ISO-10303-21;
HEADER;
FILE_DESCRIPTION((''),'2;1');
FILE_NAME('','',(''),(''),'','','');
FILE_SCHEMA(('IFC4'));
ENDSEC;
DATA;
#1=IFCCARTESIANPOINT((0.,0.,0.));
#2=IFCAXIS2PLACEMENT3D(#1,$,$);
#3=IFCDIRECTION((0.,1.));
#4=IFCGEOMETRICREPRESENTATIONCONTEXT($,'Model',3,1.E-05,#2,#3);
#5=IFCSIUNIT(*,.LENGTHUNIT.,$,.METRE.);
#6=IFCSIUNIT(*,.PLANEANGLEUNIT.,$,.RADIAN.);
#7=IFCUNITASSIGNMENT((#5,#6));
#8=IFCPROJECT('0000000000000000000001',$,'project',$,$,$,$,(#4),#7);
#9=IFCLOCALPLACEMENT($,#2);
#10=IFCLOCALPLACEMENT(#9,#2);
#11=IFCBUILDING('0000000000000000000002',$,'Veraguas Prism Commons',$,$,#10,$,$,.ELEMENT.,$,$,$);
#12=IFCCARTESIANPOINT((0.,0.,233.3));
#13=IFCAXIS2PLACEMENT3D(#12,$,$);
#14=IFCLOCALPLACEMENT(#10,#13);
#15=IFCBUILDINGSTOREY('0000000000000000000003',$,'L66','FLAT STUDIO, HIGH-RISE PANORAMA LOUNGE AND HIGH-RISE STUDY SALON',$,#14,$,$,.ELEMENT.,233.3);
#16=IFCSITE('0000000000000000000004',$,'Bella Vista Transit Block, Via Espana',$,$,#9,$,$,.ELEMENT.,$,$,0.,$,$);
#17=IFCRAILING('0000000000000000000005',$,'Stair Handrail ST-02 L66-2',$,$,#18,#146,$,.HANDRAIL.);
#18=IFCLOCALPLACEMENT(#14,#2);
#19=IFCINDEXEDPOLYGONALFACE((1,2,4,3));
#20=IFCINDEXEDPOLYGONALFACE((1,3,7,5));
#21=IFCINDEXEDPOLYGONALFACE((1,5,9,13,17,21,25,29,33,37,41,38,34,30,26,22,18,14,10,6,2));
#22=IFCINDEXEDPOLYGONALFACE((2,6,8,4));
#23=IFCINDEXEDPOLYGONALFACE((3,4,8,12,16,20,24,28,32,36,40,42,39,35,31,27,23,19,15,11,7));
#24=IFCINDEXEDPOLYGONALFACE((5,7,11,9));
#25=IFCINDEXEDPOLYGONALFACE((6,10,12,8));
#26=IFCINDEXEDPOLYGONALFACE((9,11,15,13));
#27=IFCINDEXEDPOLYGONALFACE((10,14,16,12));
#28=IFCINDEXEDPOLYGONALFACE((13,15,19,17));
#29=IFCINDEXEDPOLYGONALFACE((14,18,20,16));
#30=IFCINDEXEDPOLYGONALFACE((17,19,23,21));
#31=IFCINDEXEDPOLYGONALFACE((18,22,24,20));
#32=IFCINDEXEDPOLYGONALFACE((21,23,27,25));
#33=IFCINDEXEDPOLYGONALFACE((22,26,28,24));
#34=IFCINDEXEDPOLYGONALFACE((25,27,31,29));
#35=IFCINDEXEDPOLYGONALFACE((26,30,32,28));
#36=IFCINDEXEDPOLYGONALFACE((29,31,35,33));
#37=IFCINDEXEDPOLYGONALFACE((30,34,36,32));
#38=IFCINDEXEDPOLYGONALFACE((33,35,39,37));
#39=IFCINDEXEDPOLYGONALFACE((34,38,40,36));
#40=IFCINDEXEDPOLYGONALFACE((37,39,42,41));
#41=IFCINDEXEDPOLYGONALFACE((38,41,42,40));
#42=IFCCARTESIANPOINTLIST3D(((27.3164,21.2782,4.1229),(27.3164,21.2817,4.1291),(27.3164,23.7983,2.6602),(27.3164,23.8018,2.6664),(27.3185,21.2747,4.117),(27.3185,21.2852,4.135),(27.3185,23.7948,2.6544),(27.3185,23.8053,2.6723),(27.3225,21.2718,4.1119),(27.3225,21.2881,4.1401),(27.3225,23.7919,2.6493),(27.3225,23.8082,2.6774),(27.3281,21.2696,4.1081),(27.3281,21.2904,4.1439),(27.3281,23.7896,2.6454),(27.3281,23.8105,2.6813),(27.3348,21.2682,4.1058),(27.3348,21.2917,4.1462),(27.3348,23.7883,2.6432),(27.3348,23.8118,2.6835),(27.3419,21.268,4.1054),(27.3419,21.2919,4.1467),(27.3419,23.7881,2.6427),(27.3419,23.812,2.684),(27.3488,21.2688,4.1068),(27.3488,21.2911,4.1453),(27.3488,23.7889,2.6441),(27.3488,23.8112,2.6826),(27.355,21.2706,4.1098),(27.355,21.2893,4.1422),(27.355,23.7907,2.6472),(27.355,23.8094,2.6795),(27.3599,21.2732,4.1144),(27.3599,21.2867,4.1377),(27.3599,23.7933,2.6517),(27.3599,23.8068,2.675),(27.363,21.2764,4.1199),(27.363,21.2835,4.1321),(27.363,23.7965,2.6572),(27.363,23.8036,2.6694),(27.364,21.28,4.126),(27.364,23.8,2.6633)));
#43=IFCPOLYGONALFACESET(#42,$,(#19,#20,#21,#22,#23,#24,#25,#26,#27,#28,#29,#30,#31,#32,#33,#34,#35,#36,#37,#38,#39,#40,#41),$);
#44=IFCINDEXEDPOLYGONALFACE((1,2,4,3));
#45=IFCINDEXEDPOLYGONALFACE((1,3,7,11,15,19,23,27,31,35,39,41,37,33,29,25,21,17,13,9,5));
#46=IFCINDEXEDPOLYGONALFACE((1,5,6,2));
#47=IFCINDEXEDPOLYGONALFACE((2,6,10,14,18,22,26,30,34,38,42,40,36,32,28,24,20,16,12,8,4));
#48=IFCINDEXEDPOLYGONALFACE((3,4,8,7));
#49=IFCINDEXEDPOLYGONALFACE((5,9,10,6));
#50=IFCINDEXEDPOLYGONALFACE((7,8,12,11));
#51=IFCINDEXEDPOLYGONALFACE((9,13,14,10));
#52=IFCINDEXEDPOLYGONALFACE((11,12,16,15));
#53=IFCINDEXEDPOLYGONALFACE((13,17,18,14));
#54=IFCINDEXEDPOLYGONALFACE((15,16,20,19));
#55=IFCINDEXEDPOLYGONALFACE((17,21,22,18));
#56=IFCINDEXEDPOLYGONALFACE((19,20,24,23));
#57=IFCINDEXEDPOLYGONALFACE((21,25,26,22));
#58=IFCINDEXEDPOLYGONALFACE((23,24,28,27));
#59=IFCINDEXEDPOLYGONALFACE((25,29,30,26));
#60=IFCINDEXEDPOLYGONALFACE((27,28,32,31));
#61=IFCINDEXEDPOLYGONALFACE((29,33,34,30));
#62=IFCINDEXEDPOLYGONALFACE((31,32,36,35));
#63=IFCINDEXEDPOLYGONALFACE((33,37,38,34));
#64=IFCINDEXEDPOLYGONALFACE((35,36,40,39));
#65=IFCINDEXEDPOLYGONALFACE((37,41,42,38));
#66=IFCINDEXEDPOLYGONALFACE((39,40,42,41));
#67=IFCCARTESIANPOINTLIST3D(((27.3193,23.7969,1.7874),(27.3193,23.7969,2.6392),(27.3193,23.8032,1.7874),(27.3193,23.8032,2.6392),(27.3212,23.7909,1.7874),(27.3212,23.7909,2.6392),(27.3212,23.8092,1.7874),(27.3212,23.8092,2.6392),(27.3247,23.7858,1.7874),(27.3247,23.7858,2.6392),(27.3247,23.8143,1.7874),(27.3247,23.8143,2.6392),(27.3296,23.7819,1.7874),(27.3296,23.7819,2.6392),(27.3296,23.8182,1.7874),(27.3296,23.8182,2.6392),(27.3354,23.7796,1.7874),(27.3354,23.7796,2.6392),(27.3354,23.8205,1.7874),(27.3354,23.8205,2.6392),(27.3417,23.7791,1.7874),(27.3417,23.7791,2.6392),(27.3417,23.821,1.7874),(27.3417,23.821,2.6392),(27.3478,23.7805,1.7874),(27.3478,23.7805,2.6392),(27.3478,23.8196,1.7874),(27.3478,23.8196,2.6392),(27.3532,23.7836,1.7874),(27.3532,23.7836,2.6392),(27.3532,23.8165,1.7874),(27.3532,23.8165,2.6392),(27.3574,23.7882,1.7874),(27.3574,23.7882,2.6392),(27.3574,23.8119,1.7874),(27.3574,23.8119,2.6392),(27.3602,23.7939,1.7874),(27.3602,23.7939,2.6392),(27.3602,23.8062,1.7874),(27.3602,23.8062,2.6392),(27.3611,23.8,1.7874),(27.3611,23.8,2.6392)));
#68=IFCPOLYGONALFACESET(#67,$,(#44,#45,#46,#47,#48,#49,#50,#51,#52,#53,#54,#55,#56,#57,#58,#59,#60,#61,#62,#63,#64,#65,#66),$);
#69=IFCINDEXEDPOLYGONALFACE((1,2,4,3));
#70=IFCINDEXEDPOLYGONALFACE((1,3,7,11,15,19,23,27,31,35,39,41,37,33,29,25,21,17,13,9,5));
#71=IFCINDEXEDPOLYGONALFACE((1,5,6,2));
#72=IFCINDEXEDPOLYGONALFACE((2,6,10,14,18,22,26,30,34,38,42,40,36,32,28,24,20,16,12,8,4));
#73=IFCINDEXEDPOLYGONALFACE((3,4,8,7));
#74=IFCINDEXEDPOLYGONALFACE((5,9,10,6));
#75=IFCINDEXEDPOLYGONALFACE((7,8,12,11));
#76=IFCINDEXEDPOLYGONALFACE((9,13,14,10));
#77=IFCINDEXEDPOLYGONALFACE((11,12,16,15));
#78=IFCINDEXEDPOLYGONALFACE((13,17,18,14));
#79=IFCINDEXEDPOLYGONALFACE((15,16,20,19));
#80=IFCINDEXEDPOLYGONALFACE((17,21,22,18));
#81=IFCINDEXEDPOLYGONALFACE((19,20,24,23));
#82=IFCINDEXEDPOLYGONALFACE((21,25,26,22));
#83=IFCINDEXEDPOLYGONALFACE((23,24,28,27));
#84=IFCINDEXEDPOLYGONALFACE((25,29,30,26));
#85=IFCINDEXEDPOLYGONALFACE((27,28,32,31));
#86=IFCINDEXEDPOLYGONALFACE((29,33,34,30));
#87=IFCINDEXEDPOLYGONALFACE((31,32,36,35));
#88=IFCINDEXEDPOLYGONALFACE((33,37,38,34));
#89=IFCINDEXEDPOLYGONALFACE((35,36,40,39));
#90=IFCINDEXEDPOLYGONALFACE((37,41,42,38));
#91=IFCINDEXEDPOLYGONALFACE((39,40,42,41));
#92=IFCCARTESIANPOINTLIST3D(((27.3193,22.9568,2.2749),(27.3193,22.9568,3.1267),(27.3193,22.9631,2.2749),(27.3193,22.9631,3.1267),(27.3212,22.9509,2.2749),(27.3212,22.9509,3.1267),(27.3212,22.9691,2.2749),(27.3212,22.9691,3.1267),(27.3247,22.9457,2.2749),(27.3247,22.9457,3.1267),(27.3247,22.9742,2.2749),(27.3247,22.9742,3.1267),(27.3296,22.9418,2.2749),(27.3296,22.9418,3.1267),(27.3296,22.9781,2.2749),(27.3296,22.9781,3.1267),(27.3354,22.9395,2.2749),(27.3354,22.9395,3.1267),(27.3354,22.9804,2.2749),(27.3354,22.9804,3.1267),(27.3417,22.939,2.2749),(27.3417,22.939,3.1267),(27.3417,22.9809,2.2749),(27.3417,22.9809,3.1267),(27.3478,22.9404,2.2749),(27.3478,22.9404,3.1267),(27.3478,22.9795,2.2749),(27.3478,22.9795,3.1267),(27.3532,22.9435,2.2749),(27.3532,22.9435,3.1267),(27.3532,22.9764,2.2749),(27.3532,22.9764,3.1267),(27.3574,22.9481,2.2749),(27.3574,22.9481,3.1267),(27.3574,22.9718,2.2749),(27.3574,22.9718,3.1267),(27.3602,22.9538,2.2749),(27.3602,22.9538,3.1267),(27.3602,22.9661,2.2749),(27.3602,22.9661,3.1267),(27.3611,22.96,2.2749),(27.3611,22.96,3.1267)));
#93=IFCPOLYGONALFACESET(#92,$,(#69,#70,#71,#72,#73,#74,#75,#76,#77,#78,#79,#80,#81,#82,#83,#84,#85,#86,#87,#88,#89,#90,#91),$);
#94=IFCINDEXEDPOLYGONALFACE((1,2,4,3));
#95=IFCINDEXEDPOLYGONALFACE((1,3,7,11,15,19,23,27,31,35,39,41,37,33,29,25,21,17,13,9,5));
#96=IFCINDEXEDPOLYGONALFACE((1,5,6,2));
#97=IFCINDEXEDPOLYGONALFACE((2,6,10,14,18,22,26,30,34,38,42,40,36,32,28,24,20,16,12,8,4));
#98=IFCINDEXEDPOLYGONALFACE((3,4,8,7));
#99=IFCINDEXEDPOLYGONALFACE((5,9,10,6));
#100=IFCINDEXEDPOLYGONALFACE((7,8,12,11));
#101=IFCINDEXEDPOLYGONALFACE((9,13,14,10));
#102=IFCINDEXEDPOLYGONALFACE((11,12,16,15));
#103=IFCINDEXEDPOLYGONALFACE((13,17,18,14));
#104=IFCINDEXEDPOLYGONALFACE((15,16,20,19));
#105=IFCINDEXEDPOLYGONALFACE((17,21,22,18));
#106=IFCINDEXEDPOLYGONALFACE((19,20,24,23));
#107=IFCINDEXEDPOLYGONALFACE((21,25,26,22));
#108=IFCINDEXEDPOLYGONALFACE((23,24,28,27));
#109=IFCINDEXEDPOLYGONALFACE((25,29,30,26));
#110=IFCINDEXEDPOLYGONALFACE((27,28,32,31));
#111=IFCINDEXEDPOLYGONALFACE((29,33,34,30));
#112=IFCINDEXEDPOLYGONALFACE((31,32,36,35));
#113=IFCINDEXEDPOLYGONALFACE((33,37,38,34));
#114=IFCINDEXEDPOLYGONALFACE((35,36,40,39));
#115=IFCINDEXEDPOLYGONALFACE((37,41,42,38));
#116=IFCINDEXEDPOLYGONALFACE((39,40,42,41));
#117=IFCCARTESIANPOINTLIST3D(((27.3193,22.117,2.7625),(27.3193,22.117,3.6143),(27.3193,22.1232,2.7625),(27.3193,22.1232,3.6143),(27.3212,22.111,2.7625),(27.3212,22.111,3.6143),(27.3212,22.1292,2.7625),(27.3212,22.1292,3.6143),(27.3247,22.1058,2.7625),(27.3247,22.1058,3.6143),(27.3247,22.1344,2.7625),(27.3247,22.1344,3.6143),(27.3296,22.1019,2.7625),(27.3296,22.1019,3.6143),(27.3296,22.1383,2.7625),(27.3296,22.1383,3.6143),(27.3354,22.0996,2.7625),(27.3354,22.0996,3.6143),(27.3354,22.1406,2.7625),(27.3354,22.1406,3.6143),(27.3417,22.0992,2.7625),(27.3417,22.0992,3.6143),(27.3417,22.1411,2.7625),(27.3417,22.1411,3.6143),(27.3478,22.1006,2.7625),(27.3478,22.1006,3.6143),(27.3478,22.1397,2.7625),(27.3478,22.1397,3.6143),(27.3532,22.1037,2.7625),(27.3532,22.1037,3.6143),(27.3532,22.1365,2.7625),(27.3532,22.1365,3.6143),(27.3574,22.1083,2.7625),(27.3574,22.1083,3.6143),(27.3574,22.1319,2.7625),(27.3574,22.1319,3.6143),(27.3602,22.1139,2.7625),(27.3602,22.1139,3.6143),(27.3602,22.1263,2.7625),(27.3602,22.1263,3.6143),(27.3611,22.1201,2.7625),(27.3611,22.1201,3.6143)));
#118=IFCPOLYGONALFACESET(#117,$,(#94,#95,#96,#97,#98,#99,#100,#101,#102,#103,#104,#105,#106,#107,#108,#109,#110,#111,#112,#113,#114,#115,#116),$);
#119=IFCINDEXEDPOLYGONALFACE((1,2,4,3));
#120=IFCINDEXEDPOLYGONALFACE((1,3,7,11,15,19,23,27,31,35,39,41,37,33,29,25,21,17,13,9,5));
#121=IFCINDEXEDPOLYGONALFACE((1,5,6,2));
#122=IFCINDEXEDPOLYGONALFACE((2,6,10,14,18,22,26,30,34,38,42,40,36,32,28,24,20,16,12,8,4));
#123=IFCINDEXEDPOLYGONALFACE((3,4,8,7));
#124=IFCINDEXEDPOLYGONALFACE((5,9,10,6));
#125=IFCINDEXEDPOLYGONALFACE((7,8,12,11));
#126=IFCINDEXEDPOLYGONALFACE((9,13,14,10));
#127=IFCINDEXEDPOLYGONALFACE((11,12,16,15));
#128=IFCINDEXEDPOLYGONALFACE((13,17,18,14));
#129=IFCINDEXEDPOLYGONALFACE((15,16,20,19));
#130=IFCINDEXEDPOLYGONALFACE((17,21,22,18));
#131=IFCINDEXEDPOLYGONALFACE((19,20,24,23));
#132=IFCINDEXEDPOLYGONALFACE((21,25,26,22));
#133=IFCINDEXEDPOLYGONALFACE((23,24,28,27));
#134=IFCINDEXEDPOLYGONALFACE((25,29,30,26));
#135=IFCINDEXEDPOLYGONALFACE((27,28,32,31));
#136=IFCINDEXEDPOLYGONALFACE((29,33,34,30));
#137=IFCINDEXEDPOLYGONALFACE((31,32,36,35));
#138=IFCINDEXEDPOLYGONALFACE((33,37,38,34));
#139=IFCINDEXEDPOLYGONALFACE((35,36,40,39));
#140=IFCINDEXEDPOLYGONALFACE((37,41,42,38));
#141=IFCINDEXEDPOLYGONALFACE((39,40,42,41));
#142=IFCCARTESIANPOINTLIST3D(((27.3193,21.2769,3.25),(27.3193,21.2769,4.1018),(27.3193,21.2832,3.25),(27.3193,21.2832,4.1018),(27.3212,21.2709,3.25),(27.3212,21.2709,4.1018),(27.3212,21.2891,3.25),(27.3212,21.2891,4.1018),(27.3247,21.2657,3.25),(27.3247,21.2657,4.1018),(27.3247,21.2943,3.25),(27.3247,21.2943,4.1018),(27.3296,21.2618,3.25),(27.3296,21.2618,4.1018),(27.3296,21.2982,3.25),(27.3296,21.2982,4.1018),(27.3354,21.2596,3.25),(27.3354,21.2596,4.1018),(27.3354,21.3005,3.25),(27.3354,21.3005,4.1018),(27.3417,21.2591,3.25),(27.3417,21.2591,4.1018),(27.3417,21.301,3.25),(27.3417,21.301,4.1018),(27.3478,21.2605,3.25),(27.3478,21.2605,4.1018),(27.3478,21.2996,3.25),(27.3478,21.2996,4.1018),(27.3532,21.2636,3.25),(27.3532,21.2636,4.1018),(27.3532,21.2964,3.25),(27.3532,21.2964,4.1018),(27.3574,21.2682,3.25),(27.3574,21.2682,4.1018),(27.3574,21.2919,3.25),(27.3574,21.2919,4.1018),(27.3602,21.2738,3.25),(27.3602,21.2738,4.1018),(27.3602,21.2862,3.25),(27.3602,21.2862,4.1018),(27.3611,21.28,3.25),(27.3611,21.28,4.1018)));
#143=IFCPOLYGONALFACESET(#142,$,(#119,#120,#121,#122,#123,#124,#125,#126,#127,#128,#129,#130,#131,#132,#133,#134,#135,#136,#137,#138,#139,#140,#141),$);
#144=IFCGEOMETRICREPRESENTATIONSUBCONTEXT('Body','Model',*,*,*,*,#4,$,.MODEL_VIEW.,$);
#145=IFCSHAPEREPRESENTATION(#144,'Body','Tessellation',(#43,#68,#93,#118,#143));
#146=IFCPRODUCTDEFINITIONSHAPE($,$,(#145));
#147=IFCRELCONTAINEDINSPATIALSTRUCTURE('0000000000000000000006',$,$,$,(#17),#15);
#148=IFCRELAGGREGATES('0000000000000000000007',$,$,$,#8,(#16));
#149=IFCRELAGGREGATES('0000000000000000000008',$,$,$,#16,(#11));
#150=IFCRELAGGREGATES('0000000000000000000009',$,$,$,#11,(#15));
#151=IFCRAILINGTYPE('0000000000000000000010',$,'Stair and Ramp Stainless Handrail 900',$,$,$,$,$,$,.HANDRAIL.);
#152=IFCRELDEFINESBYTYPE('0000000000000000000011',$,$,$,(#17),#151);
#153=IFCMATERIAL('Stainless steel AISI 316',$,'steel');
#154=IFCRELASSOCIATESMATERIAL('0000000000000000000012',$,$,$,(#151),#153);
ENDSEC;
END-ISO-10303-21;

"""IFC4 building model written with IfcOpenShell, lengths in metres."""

from ifc_helpers import new_model, si_unit, direction, frame, origin, origin_2d, place, context, subcontext, project, spatial, circle, extrude, material, type_object, element, save


model = new_model("IFC4")

# Units and contexts
model_context = context("Model", 3, precision=1e-05, world=origin(), true_north=direction((0.0, 1.0)))
body_context = subcontext(model_context, "Body", "Model", "MODEL_VIEW")
ifc_project = project(units=[si_unit("LENGTHUNIT", "METRE"), si_unit("PLANEANGLEUNIT", "RADIAN")], contexts=[model_context])

# Site, building, storey
site_placement = place(None, origin())
site = spatial("IfcSite", under=ifc_project, at=site_placement, Name="Bella Vista Transit Block, Via Espana", CompositionType="ELEMENT", RefElevation=0.0)
building_placement = place(site_placement, origin())
building = spatial("IfcBuilding", under=site, at=building_placement, Name="Veraguas Prism Commons", CompositionType="ELEMENT")
storey_placement = place(building_placement, frame((0.0, 0.0, 233.3)))
storey = spatial("IfcBuildingStorey", under=building, at=storey_placement, Name="L66", Description="FLAT STUDIO, HIGH-RISE PANORAMA LOUNGE AND HIGH-RISE STUDY SALON", CompositionType="ELEMENT", Elevation=233.3)

# Railing
ifc_material_1 = material(Name="Stainless steel AISI 316", Category="steel")
railing_type_1 = type_object("IfcRailingType", Name="Stair and Ramp Stainless Handrail 900", PredefinedType="HANDRAIL", material=ifc_material_1)
railing_1_placement = place(storey_placement, frame((27.3401, 23.8, 1.7874)))
element("IfcRailing", 1, at=railing_1_placement, inside=storey, type_object=railing_type_1, Name="Stair Handrail ST-02 L66-2", PredefinedType="HANDRAIL", context=body_context, shape_type="SweptSolid", body=[
    extrude(circle(Radius=0.0239, at=origin_2d()), frame((0.0, 0.0, 0.876), z_axis=(0.0, -0.864877, 0.501984), x_axis=(1.0, 0.0, 0.0)), (0.0, 0.0, 1.0), 2.9138),
    extrude(circle(Radius=0.021, at=origin_2d()), origin(), (0.0, 0.0, 1.0), 0.8518),
    extrude(circle(Radius=0.021, at=origin_2d()), frame((0.0, -0.8401, 0.4875)), (0.0, 0.0, 1.0), 0.8518),
    extrude(circle(Radius=0.021, at=origin_2d()), frame((0.0, -1.6799, 0.9751)), (0.0, 0.0, 1.0), 0.8518),
    extrude(circle(Radius=0.021, at=origin_2d()), frame((0.0, -2.52, 1.4626)), (0.0, 0.0, 1.0), 0.8518),
])

save(model, "model.ifc")
